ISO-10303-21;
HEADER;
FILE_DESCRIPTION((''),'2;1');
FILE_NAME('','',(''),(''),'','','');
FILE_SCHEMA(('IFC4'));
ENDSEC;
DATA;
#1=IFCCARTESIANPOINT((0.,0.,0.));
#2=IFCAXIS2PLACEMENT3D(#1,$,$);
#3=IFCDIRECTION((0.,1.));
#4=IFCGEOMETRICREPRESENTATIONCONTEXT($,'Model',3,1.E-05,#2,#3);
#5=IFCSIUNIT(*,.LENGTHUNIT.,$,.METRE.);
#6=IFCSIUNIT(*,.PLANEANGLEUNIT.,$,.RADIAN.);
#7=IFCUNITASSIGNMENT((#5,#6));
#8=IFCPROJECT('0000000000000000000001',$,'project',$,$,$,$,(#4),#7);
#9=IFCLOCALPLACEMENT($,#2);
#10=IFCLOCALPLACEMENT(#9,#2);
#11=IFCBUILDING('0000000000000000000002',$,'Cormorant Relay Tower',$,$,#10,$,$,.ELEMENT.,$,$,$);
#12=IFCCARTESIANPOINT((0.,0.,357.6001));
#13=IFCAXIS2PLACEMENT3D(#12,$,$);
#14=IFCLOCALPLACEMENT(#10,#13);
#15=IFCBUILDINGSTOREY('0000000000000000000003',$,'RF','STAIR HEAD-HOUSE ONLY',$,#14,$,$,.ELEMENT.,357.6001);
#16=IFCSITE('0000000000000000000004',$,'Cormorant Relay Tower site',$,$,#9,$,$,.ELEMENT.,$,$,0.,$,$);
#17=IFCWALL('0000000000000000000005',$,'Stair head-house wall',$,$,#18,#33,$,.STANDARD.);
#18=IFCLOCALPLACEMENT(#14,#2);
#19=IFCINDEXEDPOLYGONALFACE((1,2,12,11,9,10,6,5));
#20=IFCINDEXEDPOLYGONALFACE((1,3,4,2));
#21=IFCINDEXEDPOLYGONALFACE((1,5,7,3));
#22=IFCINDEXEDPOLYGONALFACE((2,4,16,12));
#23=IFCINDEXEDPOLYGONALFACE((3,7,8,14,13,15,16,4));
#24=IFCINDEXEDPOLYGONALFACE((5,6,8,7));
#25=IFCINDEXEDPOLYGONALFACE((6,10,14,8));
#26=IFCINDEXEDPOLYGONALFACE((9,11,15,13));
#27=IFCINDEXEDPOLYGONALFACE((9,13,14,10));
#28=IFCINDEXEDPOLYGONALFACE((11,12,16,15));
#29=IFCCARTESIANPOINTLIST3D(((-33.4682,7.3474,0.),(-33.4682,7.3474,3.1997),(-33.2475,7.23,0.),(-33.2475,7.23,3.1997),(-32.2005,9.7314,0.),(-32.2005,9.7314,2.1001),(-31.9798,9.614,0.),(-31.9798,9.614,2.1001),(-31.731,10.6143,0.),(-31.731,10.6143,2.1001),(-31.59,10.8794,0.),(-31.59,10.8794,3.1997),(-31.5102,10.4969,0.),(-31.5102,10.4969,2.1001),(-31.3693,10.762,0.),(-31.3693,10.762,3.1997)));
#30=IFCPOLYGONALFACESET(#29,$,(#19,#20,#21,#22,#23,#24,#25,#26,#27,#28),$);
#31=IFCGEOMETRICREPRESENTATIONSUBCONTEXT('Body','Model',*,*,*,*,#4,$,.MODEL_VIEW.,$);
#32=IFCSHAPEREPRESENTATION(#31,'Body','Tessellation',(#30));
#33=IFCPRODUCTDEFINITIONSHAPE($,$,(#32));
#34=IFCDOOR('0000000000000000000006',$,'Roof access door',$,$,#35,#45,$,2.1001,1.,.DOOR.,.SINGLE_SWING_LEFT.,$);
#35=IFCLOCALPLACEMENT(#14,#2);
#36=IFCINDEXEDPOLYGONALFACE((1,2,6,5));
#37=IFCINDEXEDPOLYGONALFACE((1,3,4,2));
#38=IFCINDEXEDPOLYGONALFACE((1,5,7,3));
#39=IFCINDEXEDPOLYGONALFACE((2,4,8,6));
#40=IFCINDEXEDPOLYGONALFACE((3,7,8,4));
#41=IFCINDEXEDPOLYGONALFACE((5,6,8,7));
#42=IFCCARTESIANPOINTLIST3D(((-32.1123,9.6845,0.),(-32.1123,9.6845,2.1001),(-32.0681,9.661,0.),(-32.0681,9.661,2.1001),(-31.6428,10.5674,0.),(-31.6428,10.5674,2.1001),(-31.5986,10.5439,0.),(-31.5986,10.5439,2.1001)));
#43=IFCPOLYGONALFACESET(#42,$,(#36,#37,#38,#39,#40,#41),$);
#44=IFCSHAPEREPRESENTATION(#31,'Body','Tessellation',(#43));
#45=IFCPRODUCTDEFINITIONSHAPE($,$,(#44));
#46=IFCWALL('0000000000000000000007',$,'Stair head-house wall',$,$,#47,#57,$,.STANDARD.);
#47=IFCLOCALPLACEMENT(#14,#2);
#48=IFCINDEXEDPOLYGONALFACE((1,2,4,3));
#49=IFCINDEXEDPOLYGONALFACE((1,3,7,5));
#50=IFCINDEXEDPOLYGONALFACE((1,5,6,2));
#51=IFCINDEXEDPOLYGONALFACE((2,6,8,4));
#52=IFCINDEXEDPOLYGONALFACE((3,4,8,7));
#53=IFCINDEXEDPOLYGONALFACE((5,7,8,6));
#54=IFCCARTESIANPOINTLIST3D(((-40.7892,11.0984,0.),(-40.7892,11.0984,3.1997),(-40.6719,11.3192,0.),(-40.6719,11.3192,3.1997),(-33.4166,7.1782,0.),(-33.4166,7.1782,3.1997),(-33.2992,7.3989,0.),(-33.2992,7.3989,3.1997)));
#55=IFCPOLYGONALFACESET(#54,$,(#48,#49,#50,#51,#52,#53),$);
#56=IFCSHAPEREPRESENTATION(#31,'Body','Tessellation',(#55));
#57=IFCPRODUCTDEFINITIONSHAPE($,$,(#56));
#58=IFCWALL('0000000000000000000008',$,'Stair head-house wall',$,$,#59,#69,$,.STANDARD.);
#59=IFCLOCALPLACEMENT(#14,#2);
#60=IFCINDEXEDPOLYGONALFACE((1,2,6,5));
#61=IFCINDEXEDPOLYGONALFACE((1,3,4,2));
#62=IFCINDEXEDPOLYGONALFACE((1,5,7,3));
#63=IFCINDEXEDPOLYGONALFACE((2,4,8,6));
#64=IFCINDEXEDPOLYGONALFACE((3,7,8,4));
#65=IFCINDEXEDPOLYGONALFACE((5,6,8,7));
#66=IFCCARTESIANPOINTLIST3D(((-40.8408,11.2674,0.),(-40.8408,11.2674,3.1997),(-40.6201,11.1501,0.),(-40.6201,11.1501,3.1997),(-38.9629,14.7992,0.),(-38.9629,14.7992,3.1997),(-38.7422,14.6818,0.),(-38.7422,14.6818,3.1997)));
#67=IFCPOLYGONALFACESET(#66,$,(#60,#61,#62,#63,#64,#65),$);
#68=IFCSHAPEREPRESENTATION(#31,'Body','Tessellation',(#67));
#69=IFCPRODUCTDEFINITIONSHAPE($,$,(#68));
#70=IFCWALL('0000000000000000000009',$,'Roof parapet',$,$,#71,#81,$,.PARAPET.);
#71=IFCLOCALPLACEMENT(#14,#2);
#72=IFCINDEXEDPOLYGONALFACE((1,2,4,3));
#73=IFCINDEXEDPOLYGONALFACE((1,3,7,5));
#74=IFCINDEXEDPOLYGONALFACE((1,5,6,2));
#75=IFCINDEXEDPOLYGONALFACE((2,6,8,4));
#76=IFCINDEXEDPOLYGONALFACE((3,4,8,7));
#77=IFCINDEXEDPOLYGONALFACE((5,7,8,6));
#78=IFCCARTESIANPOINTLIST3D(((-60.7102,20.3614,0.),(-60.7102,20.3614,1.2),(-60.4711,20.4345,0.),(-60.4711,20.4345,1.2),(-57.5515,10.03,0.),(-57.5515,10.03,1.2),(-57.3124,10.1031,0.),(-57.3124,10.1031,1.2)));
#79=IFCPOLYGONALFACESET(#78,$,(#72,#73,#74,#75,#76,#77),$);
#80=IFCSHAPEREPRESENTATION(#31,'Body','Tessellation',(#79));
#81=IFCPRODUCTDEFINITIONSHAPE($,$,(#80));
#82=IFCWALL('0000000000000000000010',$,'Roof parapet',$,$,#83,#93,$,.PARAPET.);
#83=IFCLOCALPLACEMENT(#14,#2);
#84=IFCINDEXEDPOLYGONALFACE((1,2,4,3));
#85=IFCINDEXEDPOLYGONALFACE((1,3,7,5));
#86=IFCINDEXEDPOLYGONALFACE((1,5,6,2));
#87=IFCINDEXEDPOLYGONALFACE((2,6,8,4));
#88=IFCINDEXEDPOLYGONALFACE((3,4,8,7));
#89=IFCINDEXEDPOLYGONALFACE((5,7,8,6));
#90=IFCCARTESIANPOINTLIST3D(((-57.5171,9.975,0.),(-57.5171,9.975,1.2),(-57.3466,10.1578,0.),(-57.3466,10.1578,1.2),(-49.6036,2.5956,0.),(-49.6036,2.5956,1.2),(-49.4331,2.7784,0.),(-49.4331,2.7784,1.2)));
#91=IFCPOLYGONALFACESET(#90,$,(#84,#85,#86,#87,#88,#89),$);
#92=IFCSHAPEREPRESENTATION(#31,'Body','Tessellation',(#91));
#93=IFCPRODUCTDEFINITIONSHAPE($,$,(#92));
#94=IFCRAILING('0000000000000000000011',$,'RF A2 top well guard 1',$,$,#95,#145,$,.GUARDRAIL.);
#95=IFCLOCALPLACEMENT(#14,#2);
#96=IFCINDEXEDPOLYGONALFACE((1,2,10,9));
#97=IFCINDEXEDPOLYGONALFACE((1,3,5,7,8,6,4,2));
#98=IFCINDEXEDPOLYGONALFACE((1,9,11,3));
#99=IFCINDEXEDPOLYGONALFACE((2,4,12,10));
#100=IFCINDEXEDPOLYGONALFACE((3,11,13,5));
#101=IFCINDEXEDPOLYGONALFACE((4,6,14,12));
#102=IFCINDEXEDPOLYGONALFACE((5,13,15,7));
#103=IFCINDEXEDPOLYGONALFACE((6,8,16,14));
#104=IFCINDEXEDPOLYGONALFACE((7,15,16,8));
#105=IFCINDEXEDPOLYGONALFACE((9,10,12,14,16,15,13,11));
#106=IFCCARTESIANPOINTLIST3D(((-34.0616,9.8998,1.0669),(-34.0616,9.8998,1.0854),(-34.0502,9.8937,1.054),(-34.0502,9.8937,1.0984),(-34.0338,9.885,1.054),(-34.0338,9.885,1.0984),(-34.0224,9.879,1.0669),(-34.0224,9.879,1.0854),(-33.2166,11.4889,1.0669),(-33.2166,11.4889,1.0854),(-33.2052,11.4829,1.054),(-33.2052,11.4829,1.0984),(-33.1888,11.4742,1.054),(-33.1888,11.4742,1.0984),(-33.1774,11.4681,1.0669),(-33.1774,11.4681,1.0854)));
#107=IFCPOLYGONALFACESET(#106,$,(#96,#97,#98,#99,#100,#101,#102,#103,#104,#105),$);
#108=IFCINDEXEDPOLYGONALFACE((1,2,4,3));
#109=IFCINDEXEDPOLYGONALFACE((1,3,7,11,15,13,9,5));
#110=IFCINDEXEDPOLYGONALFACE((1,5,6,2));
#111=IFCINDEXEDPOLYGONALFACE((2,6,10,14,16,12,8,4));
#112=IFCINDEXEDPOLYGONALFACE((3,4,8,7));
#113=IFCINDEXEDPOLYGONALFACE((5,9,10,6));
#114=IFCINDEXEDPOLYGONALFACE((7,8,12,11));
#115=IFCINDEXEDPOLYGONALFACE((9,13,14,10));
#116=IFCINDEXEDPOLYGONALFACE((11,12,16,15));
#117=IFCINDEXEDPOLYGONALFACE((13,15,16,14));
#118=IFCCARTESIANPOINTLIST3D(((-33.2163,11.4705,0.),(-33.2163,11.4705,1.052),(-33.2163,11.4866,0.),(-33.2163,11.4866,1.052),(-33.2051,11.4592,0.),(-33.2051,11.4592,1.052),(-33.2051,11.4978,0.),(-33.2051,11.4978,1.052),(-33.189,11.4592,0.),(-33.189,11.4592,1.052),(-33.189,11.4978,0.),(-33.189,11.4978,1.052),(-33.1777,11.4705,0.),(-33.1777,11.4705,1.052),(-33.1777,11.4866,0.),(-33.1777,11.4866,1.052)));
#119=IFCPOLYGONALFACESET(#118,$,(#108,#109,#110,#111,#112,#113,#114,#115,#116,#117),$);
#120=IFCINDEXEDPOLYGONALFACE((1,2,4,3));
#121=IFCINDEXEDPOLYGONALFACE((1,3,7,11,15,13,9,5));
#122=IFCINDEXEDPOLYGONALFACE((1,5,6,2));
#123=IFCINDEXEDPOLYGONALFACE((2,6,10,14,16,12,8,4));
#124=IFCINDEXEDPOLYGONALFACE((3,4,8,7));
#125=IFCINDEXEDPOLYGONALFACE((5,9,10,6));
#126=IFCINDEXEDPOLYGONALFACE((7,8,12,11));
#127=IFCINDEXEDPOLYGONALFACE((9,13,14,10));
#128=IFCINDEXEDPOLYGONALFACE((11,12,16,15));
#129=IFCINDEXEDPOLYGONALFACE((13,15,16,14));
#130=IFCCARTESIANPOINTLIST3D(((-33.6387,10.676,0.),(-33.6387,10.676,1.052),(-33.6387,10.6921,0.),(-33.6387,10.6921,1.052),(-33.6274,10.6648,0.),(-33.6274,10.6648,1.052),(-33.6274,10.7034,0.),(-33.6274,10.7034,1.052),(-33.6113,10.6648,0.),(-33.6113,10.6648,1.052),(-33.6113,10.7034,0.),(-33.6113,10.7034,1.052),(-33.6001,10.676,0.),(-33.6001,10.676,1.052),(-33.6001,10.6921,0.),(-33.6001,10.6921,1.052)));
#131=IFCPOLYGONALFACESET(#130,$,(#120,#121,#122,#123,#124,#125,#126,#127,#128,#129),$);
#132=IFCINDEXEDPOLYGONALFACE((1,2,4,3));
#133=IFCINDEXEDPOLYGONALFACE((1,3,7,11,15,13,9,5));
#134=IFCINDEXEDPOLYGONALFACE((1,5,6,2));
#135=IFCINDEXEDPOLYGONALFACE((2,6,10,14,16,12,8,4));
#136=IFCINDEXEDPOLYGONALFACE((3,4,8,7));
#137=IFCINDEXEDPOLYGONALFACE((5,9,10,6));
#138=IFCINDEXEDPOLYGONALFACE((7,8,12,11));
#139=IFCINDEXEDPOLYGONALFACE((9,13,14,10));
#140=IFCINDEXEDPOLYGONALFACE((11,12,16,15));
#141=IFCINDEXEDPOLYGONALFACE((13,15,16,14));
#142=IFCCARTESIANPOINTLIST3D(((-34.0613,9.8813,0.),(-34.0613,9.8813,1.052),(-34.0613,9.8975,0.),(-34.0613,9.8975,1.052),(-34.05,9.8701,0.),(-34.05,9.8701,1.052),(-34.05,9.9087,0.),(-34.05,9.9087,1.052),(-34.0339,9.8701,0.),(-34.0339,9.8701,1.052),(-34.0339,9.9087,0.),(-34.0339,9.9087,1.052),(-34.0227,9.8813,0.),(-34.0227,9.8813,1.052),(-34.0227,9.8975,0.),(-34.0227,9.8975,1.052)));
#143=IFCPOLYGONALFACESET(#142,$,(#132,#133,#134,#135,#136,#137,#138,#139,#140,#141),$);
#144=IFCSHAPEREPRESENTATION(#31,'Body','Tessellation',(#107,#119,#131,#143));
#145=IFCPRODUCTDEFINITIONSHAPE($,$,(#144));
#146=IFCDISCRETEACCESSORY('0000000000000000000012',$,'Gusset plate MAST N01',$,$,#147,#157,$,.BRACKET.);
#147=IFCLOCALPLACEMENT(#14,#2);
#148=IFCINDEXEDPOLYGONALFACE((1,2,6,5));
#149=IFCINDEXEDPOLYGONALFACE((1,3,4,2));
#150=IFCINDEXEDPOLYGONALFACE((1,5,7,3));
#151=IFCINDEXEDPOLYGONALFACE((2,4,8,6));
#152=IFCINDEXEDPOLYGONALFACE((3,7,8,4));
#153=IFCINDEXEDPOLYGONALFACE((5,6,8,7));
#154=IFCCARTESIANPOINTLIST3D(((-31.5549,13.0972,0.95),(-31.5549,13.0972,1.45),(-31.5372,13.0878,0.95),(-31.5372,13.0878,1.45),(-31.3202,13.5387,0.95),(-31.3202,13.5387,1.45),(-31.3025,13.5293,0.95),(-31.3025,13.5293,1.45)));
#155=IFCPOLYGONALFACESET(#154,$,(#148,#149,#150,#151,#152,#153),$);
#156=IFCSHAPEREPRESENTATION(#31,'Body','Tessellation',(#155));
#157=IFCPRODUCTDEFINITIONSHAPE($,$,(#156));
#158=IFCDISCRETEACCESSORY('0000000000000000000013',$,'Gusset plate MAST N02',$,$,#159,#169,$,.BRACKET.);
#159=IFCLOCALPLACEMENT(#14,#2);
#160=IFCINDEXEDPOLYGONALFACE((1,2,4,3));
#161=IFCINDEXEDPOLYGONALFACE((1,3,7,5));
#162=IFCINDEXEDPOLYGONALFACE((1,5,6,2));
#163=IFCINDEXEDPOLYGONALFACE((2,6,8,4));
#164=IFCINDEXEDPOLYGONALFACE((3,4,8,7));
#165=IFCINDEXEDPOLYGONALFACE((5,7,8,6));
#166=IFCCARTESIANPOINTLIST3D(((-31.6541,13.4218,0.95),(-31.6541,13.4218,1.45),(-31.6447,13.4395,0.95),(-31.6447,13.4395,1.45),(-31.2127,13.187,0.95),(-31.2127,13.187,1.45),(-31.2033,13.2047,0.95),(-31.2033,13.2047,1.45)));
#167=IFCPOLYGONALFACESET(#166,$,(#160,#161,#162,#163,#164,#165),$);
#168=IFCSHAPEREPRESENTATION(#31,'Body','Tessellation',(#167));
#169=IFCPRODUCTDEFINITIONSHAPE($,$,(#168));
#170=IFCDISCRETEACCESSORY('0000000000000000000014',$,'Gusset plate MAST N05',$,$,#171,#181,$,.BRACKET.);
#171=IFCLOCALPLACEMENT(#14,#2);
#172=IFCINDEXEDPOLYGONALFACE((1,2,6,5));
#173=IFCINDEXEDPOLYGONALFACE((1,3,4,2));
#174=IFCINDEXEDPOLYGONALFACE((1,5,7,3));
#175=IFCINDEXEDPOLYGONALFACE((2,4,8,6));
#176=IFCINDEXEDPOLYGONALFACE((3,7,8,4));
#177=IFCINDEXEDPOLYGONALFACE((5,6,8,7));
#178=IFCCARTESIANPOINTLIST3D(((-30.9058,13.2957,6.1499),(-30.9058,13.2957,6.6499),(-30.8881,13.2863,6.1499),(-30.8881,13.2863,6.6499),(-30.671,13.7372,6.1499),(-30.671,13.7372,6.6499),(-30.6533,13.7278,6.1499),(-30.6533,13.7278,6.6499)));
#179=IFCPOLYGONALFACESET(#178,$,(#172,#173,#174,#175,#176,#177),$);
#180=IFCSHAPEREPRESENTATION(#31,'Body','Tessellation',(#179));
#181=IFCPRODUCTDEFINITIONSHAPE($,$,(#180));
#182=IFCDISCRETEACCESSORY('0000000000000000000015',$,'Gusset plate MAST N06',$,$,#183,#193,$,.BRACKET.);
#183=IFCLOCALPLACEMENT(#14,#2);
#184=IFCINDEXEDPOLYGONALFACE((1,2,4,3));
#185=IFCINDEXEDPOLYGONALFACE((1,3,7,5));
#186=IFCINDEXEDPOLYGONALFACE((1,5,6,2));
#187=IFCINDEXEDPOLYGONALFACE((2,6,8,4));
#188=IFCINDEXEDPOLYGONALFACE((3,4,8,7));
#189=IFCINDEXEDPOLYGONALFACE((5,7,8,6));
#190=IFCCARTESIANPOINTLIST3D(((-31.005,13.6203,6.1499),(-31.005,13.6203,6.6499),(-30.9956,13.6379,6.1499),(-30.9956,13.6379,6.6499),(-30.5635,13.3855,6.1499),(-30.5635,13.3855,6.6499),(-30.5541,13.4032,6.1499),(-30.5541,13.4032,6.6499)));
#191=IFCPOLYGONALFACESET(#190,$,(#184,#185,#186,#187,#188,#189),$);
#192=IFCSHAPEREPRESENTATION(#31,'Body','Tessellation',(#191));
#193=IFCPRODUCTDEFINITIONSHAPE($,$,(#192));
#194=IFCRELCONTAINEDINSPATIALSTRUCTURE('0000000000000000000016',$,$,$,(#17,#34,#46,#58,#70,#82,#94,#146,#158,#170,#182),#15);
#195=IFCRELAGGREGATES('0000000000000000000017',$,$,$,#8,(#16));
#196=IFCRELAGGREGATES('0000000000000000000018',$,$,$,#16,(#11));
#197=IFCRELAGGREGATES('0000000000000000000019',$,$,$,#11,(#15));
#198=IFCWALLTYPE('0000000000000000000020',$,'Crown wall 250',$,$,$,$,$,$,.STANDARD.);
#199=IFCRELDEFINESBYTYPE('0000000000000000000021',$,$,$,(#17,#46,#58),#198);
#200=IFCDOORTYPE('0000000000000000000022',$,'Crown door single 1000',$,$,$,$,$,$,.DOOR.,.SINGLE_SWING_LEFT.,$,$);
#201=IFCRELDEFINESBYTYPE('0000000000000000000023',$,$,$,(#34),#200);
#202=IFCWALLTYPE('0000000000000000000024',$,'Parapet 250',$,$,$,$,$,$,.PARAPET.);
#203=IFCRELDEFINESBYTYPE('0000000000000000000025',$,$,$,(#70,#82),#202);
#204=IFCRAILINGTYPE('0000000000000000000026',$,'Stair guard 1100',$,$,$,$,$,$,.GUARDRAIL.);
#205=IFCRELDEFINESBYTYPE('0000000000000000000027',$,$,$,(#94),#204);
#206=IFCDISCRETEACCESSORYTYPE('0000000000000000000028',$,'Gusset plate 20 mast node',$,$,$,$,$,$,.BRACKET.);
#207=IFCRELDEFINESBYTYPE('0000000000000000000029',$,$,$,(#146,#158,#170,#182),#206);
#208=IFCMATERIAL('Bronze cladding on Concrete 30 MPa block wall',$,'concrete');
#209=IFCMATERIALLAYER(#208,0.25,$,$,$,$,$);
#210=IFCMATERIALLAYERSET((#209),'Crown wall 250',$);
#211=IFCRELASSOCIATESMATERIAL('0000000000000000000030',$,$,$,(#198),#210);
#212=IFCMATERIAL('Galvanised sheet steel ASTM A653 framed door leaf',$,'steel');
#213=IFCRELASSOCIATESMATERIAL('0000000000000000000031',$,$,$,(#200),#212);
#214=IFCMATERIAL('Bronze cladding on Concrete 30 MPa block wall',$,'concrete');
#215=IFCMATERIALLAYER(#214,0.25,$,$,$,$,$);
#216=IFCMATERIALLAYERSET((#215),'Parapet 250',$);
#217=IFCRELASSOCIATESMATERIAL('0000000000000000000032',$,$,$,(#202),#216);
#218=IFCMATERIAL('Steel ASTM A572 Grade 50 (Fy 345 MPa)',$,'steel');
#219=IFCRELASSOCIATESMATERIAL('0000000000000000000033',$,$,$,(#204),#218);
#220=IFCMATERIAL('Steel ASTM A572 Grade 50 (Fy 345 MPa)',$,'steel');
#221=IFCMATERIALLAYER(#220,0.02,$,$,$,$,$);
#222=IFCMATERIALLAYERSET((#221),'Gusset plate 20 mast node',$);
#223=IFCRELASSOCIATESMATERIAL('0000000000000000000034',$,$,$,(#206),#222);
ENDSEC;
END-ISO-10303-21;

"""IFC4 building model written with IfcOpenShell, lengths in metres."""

from ifc_helpers import new_model, si_unit, direction, frame, frame_2d, origin, origin_2d, place, context, subcontext, project, spatial, polyline, rectangle, outline, extrude, material, layer, layer_set, type_object, element, fill, save


model = new_model("IFC4")

# Units and contexts
model_context = context("Model", 3, precision=1e-05, world=origin(), true_north=direction((0.0, 1.0)))
body_context = subcontext(model_context, "Body", "Model", "MODEL_VIEW")
ifc_project = project(units=[si_unit("LENGTHUNIT", "METRE"), si_unit("PLANEANGLEUNIT", "RADIAN")], contexts=[model_context])

# Site, building, storey
site_placement = place(None, origin())
site = spatial("IfcSite", under=ifc_project, at=site_placement, Name="Cormorant Relay Tower site", CompositionType="ELEMENT", RefElevation=0.0)
building_placement = place(site_placement, origin())
building = spatial("IfcBuilding", under=site, at=building_placement, Name="Cormorant Relay Tower", CompositionType="ELEMENT")
storey_placement = place(building_placement, frame((0.0, 0.0, 357.6001)))
storey = spatial("IfcBuildingStorey", under=building, at=storey_placement, Name="RF", Description="STAIR HEAD-HOUSE ONLY", CompositionType="ELEMENT", Elevation=357.6001)

# Wall, opening, door
ifc_material_1 = material(Name="Bronze cladding on Concrete 30 MPa block wall", Category="concrete")
ifc_layer_1 = layer(ifc_material_1, 0.25)
ifc_layer_set_1 = layer_set([ifc_layer_1], Name="Crown wall 250")
wall_type_1 = type_object("IfcWallType", Name="Crown wall 250", PredefinedType="STANDARD", material=ifc_layer_set_1)
wall_1_placement = place(storey_placement, frame((-31.4797, 10.8206, 0.0), z_axis=(0.0, 0.0, 1.0), x_axis=(-0.469508, -0.882928, 0.0)))
wall_1 = element("IfcWall", 1, at=wall_1_placement, inside=storey, type_object=wall_type_1, Name="Stair head-house wall", PredefinedType="STANDARD", context=body_context, shape_type="SweptSolid", body=[
    extrude(rectangle(XDim=4.0002, YDim=0.25, at=frame_2d((2.0, 0.0))), origin(), (0.0, 0.0, 1.0), 3.1997),
])
opening_placement = place(wall_1_placement, frame((0.3, 0.0, 0.0)))
opening = element("IfcOpeningElement", 2, at=opening_placement, cuts=wall_1, PredefinedType="OPENING", context=body_context, shape_type="SweptSolid", body=[
    extrude(rectangle(XDim=1.0, YDim=2.1001, at=frame_2d((0.5, 1.05))), frame((0.0, 0.135, 0.0), z_axis=(0.0, -1.0, 0.0), x_axis=(1.0, 0.0, 0.0)), (0.0, 0.0, 1.0), 0.27),
])
ifc_material_2 = material(Name="Galvanised sheet steel ASTM A653 framed door leaf", Category="steel")
door_type = type_object("IfcDoorType", Name="Crown door single 1000", OperationType="SINGLE_SWING_LEFT", PredefinedType="DOOR", material=ifc_material_2)
door_placement = place(opening_placement, origin())
door = element("IfcDoor", 3, at=door_placement, inside=storey, type_object=door_type, Name="Roof access door", OperationType="SINGLE_SWING_LEFT", OverallHeight=2.1001, OverallWidth=1.0, PredefinedType="DOOR", context=body_context, shape_type="SweptSolid", body=[
    extrude(rectangle(XDim=1.0, YDim=2.1001, at=frame_2d((0.5, 1.05))), frame((0.0, 0.0249, 0.0), z_axis=(0.0, -1.0, 0.0), x_axis=(1.0, 0.0, 0.0)), (0.0, 0.0, 1.0), 0.05),
])
fill(opening, door)

# Walls
wall_2_placement = place(storey_placement, frame((-33.3579, 7.2886, 0.0), z_axis=(0.0, 0.0, 1.0), x_axis=(-0.882942, 0.469482, 0.0)))
element("IfcWall", 4, at=wall_2_placement, inside=storey, type_object=wall_type_1, Name="Stair head-house wall", PredefinedType="STANDARD", context=body_context, shape_type="SweptSolid", body=[
    extrude(rectangle(XDim=8.3501, YDim=0.25, at=frame_2d((4.175, 0.0))), origin(), (0.0, 0.0, 1.0), 3.1997),
])
wall_3_placement = place(storey_placement, frame((-40.7305, 11.2087, 0.0), z_axis=(0.0, 0.0, 1.0), x_axis=(0.469485, 0.88294, 0.0)))
element("IfcWall", 5, at=wall_3_placement, inside=storey, type_object=wall_type_1, Name="Stair head-house wall", PredefinedType="STANDARD", context=body_context, shape_type="SweptSolid", body=[
    extrude(rectangle(XDim=4.0, YDim=0.25, at=frame_2d((2.0, 0.0))), origin(), (0.0, 0.0, 1.0), 3.1997),
])
ifc_material_3 = material(Name="Bronze cladding on Concrete 30 MPa block wall", Category="concrete")
ifc_layer_2 = layer(ifc_material_3, 0.25)
ifc_layer_set_2 = layer_set([ifc_layer_2], Name="Parapet 250")
wall_type_2 = type_object("IfcWallType", Name="Parapet 250", PredefinedType="PARAPET", material=ifc_layer_set_2)
wall_4_placement = place(storey_placement, frame((-57.4319, 10.0664, 0.0), z_axis=(0.0, 0.0, 1.0), x_axis=(-0.29238, 0.956302, 0.0)))
element("IfcWall", 6, at=wall_4_placement, inside=storey, type_object=wall_type_2, Name="Roof parapet", PredefinedType="PARAPET", context=body_context, shape_type="SweptSolid", body=[
    extrude(rectangle(XDim=10.8035, YDim=0.25, at=frame_2d((5.4019, 0.0))), origin(), (0.0, 0.0, 1.0), 1.2),
])
wall_5_placement = place(storey_placement, frame((-49.5183, 2.687, 0.0), z_axis=(0.0, 0.0, 1.0), x_axis=(-0.73136, 0.681992, 0.0)))
element("IfcWall", 7, at=wall_5_placement, inside=storey, type_object=wall_type_2, Name="Roof parapet", PredefinedType="PARAPET", context=body_context, shape_type="SweptSolid", body=[
    extrude(rectangle(XDim=10.8203, YDim=0.25, at=frame_2d((5.4102, 0.0))), origin(), (0.0, 0.0, 1.0), 1.2),
])

# Railing
ifc_material_4 = material(Name="Steel ASTM A572 Grade 50 (Fy 345 MPa)", Category="steel")
railing_type = type_object("IfcRailingType", Name="Stair guard 1100", PredefinedType="GUARDRAIL", material=ifc_material_4)
railing_placement = place(storey_placement, frame((-33.197, 11.4785, 0.0)))
element("IfcRailing", 8, at=railing_placement, inside=storey, type_object=railing_type, Name="RF A2 top well guard 1", PredefinedType="GUARDRAIL", context=body_context, shape_type="SweptSolid", body=[
    extrude(outline(polyline([(0.0222, 0.0093), (0.0093, 0.0222), (-0.0093, 0.0222), (-0.0222, 0.0093), (-0.0222, -0.0093), (-0.0093, -0.0222), (0.0093, -0.0222), (0.0222, -0.0093), (0.0222, 0.0093)])), frame((0.0, 0.0, 1.0762), z_axis=(-0.469482, -0.882942, 0.0), x_axis=(0.882942, -0.469482, 0.0)), (0.0, 0.0, 1.0), 1.7998),
    extrude(outline(polyline([(0.0193, 0.0081), (0.0081, 0.0193), (-0.0081, 0.0193), (-0.0193, 0.0081), (-0.0193, -0.0081), (-0.0081, -0.0193), (0.0081, -0.0193), (0.0193, -0.0081), (0.0193, 0.0081)])), origin(), (0.0, 0.0, 1.0), 1.052),
    extrude(outline(polyline([(0.0193, 0.0081), (0.0081, 0.0193), (-0.0081, 0.0193), (-0.0193, 0.0081), (-0.0193, -0.0081), (-0.0081, -0.0193), (0.0081, -0.0193), (0.0193, -0.0081), (0.0193, 0.0081)])), frame((-0.4224, -0.7944, 0.0)), (0.0, 0.0, 1.0), 1.052),
    extrude(outline(polyline([(0.0193, 0.0081), (0.0081, 0.0193), (-0.0081, 0.0193), (-0.0193, 0.0081), (-0.0193, -0.0081), (-0.0081, -0.0193), (0.0081, -0.0193), (0.0193, -0.0081), (0.0193, 0.0081)])), frame((-0.845, -1.5891, 0.0)), (0.0, 0.0, 1.0), 1.052),
])

# Discrete accessories
ifc_material_5 = material(Name="Steel ASTM A572 Grade 50 (Fy 345 MPa)", Category="steel")
ifc_layer_3 = layer(ifc_material_5, 0.02)
ifc_layer_set_3 = layer_set([ifc_layer_3], Name="Gusset plate 20 mast node")
discrete_accessory_type = type_object("IfcDiscreteAccessoryType", Name="Gusset plate 20 mast node", PredefinedType="BRACKET", material=ifc_layer_set_3)
for number, where, z_axis, x_axis, name in (
    (9, (-31.4287, 13.3132, 0.95), (0.0, 0.0, 1.0), (0.469311, 0.883033, 0.0), "Gusset plate MAST N01"),
    (10, (-31.4287, 13.3132, 0.95), (0.0, 0.0, 1.0), (-0.882859, 0.469638, 0.0), "Gusset plate MAST N02"),
    (11, (-30.7795, 13.5117, 6.1499), (0.0, 0.0, 1.0), (0.469485, 0.88294, 0.0), "Gusset plate MAST N05"),
    (12, (-30.7795, 13.5117, 6.1499), (0.0, 0.0, 1.0), (-0.882944, 0.469478, 0.0), "Gusset plate MAST N06"),
):
    element("IfcDiscreteAccessory", number, at=place(storey_placement, frame(where, z_axis=z_axis, x_axis=x_axis)), inside=storey, type_object=discrete_accessory_type, Name=name, PredefinedType="BRACKET", context=body_context, shape_type="SweptSolid", body=[
        extrude(rectangle(XDim=0.5, YDim=0.02, at=origin_2d()), origin(), (0.0, 0.0, 1.0), 0.5),
    ])

save(model, "model.ifc")
